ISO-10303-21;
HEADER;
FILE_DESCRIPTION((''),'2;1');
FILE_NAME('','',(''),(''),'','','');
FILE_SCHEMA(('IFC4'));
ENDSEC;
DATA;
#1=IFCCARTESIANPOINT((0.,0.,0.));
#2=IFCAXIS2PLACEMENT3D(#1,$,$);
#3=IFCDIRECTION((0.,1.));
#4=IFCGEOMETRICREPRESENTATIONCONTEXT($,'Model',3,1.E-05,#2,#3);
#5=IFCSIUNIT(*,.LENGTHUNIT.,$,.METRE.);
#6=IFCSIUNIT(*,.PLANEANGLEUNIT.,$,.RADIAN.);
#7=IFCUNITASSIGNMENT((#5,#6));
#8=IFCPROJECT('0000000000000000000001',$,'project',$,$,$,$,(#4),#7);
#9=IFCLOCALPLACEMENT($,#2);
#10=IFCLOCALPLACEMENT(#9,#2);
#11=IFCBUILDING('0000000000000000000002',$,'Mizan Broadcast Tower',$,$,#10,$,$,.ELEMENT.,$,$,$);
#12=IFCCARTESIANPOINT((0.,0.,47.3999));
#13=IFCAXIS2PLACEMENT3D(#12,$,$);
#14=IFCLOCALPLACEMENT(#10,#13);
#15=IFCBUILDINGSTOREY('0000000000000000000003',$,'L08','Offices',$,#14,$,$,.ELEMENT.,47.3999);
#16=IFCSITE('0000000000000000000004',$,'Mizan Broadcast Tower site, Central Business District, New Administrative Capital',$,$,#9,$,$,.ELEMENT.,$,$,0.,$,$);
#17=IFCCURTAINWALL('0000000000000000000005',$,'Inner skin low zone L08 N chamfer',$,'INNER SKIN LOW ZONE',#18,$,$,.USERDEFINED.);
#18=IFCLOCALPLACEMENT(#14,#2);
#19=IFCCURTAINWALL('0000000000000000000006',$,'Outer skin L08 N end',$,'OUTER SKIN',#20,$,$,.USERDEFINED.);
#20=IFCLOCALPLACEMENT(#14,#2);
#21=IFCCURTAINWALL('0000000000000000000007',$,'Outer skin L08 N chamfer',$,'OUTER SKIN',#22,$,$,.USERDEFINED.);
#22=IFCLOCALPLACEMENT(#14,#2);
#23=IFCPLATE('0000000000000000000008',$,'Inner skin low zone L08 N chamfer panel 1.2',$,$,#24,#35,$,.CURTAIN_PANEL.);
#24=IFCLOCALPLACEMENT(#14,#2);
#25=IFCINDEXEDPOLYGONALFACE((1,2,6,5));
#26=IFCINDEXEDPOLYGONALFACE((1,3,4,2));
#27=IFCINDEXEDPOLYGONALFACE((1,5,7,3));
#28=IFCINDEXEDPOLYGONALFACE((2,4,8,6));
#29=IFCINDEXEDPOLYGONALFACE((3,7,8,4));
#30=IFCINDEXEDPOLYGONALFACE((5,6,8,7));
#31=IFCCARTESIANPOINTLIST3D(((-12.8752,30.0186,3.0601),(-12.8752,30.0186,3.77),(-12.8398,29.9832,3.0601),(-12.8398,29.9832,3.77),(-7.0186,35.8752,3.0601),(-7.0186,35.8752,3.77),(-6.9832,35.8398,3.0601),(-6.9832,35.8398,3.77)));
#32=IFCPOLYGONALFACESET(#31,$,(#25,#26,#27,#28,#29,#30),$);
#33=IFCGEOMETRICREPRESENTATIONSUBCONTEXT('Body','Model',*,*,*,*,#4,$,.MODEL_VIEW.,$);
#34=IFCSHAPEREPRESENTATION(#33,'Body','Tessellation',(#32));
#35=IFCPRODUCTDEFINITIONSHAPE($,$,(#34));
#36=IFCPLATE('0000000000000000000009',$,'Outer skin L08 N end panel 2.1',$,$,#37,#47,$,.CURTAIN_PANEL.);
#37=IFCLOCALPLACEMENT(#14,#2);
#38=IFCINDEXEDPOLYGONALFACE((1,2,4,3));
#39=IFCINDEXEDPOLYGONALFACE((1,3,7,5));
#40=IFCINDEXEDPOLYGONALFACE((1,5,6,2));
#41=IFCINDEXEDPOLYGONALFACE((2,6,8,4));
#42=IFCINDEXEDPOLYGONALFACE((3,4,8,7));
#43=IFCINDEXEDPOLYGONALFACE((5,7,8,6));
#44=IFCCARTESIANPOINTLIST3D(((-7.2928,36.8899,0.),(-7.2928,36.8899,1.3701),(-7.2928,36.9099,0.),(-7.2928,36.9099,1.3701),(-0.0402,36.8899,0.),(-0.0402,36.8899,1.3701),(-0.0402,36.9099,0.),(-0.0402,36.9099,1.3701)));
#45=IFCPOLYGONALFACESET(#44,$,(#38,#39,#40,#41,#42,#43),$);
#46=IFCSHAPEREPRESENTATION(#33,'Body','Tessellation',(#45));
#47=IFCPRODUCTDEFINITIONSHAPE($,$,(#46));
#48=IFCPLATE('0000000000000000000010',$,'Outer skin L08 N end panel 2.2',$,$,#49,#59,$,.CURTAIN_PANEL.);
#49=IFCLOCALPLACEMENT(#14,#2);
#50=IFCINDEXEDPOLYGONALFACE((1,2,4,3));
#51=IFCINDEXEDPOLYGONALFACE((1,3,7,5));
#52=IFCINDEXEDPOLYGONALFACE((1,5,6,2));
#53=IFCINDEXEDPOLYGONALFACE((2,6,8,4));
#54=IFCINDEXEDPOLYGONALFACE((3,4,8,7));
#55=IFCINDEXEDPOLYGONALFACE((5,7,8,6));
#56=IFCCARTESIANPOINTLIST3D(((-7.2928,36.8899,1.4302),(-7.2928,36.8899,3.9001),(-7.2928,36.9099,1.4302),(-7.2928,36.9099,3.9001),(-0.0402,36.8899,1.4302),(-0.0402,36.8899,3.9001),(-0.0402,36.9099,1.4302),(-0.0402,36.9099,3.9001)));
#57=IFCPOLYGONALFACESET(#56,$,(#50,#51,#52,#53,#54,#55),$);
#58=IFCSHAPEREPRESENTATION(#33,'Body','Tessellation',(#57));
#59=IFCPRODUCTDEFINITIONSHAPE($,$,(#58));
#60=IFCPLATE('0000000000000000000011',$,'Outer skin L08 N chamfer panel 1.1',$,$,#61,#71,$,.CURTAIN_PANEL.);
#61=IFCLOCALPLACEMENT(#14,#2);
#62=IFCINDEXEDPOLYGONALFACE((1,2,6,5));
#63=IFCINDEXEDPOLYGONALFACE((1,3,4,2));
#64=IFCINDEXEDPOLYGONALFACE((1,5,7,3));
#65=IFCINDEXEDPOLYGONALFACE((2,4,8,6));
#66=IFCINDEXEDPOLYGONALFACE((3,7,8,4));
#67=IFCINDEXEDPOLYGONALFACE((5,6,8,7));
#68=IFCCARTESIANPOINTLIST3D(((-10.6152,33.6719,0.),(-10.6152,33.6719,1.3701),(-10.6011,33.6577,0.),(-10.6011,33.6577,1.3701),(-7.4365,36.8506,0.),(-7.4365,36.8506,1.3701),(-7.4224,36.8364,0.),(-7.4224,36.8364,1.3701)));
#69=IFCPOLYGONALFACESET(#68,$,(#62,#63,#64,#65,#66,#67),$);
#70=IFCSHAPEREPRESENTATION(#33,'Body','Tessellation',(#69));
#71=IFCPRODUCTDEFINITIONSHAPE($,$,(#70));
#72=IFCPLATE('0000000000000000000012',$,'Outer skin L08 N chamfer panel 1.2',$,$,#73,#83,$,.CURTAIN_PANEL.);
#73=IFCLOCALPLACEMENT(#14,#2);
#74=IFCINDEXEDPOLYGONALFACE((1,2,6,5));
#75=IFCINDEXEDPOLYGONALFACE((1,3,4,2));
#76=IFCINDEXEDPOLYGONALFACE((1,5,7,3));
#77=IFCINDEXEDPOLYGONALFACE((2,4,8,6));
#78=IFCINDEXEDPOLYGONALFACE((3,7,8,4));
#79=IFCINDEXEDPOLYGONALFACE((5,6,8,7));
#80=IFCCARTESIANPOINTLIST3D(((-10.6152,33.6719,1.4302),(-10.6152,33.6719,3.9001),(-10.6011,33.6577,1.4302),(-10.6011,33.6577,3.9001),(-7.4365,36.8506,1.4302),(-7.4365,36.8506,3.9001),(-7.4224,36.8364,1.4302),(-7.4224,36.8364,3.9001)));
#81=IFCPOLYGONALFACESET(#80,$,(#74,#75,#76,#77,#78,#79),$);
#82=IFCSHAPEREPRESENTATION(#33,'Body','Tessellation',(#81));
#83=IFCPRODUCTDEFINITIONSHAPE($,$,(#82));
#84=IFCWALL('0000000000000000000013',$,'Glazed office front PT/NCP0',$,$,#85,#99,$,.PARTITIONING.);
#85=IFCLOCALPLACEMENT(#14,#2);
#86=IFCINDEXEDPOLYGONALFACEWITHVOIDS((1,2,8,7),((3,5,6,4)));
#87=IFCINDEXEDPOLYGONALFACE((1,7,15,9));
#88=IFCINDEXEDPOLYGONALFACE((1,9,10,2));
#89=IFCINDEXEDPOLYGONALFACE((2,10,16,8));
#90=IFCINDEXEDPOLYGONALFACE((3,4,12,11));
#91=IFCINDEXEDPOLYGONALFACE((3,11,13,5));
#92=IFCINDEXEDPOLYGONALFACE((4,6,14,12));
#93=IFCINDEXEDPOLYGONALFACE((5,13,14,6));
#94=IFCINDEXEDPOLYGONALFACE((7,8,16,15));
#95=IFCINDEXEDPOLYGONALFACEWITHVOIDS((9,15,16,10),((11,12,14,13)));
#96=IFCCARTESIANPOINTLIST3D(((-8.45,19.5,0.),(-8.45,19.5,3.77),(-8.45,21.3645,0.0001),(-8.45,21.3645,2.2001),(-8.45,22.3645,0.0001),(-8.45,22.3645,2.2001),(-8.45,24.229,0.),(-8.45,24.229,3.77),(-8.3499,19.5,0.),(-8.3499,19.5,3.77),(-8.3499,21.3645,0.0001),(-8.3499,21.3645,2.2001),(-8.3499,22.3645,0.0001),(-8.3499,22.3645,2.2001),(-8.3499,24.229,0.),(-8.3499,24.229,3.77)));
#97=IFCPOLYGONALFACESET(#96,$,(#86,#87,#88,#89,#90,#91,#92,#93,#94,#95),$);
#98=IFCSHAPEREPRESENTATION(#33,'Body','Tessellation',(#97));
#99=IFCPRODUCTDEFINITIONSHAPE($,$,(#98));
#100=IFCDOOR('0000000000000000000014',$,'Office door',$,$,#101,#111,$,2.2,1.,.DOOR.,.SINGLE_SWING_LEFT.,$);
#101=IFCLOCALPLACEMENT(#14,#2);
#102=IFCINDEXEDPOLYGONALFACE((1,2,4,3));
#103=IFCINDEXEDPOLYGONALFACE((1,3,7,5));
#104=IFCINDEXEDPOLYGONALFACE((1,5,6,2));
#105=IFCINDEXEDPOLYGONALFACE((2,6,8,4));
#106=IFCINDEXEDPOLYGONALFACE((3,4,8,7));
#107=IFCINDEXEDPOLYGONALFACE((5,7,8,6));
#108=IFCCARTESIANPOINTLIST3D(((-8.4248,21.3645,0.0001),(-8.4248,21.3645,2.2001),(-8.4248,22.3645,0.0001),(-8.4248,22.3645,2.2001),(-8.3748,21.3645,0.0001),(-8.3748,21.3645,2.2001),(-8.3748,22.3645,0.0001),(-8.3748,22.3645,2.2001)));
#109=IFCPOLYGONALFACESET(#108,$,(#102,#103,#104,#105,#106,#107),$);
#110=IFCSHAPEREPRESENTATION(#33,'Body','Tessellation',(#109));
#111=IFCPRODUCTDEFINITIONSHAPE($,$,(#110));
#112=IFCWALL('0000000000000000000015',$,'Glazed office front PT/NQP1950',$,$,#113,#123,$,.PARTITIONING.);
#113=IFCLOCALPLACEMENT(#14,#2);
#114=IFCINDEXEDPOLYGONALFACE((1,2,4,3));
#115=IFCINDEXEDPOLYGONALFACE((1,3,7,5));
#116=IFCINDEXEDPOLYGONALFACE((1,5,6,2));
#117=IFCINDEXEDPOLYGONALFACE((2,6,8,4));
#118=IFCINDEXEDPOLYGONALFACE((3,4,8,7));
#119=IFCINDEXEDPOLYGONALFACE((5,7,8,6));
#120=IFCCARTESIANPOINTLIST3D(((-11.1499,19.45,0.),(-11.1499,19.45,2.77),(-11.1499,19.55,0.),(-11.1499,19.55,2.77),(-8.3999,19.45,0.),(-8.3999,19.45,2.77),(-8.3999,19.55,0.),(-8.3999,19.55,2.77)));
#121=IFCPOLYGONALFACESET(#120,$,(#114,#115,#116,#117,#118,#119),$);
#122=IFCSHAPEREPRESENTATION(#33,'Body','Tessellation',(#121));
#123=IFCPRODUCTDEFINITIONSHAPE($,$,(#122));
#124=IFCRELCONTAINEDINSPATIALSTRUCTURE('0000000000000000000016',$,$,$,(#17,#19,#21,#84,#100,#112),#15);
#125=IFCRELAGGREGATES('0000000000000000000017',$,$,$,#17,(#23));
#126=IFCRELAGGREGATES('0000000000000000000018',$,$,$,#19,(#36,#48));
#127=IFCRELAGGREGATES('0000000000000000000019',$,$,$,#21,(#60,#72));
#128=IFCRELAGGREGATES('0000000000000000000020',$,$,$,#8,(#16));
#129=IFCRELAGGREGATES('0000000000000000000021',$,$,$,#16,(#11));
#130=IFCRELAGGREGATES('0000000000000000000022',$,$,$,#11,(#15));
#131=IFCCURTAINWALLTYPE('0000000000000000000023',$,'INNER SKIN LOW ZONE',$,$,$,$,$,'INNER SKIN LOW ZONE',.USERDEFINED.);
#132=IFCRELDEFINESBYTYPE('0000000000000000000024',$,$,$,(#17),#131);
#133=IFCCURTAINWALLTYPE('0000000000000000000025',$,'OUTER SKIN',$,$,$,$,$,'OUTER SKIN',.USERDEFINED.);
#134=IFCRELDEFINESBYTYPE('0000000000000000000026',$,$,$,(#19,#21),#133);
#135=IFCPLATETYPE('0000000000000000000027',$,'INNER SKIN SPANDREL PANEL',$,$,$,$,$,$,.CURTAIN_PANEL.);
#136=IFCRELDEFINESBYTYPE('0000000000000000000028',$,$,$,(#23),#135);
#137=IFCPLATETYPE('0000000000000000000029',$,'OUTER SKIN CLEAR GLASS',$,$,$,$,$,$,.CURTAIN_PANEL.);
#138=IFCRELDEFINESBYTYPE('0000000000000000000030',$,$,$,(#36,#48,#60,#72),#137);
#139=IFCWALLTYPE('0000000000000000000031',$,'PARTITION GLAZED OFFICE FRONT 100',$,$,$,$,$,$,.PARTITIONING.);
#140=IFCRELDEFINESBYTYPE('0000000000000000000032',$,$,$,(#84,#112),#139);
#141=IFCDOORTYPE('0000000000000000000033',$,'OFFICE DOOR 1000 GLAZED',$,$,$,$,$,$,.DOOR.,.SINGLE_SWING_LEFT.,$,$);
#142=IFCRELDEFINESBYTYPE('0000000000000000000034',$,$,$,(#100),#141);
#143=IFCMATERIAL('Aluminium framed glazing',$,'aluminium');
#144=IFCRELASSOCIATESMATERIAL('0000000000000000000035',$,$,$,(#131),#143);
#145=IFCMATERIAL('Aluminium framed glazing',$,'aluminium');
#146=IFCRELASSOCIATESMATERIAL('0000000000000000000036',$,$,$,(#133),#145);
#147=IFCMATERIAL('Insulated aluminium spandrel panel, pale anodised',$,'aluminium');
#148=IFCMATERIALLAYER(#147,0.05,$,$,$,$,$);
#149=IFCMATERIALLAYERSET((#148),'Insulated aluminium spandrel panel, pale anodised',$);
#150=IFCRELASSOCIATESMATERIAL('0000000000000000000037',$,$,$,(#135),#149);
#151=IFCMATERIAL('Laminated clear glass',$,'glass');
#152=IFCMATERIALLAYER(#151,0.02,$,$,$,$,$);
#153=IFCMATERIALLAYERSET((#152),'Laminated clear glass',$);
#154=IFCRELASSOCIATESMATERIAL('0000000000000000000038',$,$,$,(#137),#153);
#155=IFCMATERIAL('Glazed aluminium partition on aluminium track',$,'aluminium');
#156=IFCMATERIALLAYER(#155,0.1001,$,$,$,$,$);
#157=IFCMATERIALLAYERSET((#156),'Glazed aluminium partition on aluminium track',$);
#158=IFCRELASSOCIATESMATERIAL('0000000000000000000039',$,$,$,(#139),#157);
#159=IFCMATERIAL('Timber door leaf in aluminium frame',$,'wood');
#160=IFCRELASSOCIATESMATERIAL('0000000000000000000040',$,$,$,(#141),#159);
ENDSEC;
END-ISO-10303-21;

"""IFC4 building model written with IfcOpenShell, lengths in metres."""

from ifc_helpers import new_model, si_unit, direction, frame, frame_2d, origin, origin_2d, place, context, subcontext, project, spatial, rectangle, extrude, material, layer, layer_set, type_object, element, fill, aggregate, save


model = new_model("IFC4")

# Units and contexts
model_context = context("Model", 3, precision=1e-05, world=origin(), true_north=direction((0.0, 1.0)))
body_context = subcontext(model_context, "Body", "Model", "MODEL_VIEW")
ifc_project = project(units=[si_unit("LENGTHUNIT", "METRE"), si_unit("PLANEANGLEUNIT", "RADIAN")], contexts=[model_context])

# Site, building, storey
site_placement = place(None, origin())
site = spatial("IfcSite", under=ifc_project, at=site_placement, Name="Mizan Broadcast Tower site, Central Business District, New Administrative Capital", CompositionType="ELEMENT", RefElevation=0.0)
building_placement = place(site_placement, origin())
building = spatial("IfcBuilding", under=site, at=building_placement, Name="Mizan Broadcast Tower", CompositionType="ELEMENT")
storey_placement = place(building_placement, frame((0.0, 0.0, 47.3999)))
storey = spatial("IfcBuildingStorey", under=building, at=storey_placement, Name="L08", Description="Offices", CompositionType="ELEMENT", Elevation=47.3999)

# Shared definitions
ifc_material_1 = material(Name="Aluminium framed glazing", Category="aluminium")
curtain_wall_type_1 = type_object("IfcCurtainWallType", Name="INNER SKIN LOW ZONE", ElementType="INNER SKIN LOW ZONE", PredefinedType="USERDEFINED", material=ifc_material_1)

# Curtain walls
curtain_wall_1_placement = place(storey_placement, origin())
curtain_wall_1 = element("IfcCurtainWall", 1, at=curtain_wall_1_placement, inside=storey, type_object=curtain_wall_type_1, Name="Inner skin low zone L08 N chamfer", ObjectType="INNER SKIN LOW ZONE", PredefinedType="USERDEFINED")
ifc_material_2 = material(Name="Aluminium framed glazing", Category="aluminium")
curtain_wall_type_2 = type_object("IfcCurtainWallType", Name="OUTER SKIN", ElementType="OUTER SKIN", PredefinedType="USERDEFINED", material=ifc_material_2)
curtain_wall_2_placement = place(storey_placement, origin())
curtain_wall_2 = element("IfcCurtainWall", 2, at=curtain_wall_2_placement, inside=storey, type_object=curtain_wall_type_2, Name="Outer skin L08 N end", ObjectType="OUTER SKIN", PredefinedType="USERDEFINED")
curtain_wall_3_placement = place(storey_placement, origin())
curtain_wall_3 = element("IfcCurtainWall", 3, at=curtain_wall_3_placement, inside=storey, type_object=curtain_wall_type_2, Name="Outer skin L08 N chamfer", ObjectType="OUTER SKIN", PredefinedType="USERDEFINED")

# Plates
ifc_material_3 = material(Name="Insulated aluminium spandrel panel, pale anodised", Category="aluminium")
ifc_layer_1 = layer(ifc_material_3, 0.05)
ifc_layer_set_1 = layer_set([ifc_layer_1], Name="Insulated aluminium spandrel panel, pale anodised")
plate_type_1 = type_object("IfcPlateType", Name="INNER SKIN SPANDREL PANEL", PredefinedType="CURTAIN_PANEL", material=ifc_layer_set_1)
plate_1_placement = place(storey_placement, frame((-9.9292, 32.9292, 3.0601), z_axis=(0.0, 0.0, 1.0), x_axis=(-0.707107, -0.707107, 0.0)))
plate_1 = element("IfcPlate", 4, at=plate_1_placement, type_object=plate_type_1, Name="Inner skin low zone L08 N chamfer panel 1.2", PredefinedType="CURTAIN_PANEL", context=body_context, shape_type="SweptSolid", body=[
    extrude(rectangle(XDim=8.2825, YDim=0.05, at=origin_2d()), origin(), (0.0, 0.0, 1.0), 0.71),
])
aggregate(curtain_wall_1, [plate_1])
ifc_material_4 = material(Name="Laminated clear glass", Category="glass")
ifc_layer_2 = layer(ifc_material_4, 0.02)
ifc_layer_set_2 = layer_set([ifc_layer_2], Name="Laminated clear glass")
plate_type_2 = type_object("IfcPlateType", Name="OUTER SKIN CLEAR GLASS", PredefinedType="CURTAIN_PANEL", material=ifc_layer_set_2)
plate_2_placement = place(storey_placement, frame((-3.6665, 36.8999, 0.0), z_axis=(0.0, 0.0, 1.0), x_axis=(-1.0, 0.0, 0.0)))
plate_2 = element("IfcPlate", 5, at=plate_2_placement, type_object=plate_type_2, Name="Outer skin L08 N end panel 2.1", PredefinedType="CURTAIN_PANEL", context=body_context, shape_type="SweptSolid", body=[
    extrude(rectangle(XDim=7.2527, YDim=0.02, at=origin_2d()), origin(), (0.0, 0.0, 1.0), 1.3701),
])
plate_3_placement = place(storey_placement, frame((-3.6665, 36.8999, 1.4302), z_axis=(0.0, 0.0, 1.0), x_axis=(-1.0, 0.0, 0.0)))
plate_3 = element("IfcPlate", 6, at=plate_3_placement, type_object=plate_type_2, Name="Outer skin L08 N end panel 2.2", PredefinedType="CURTAIN_PANEL", context=body_context, shape_type="SweptSolid", body=[
    extrude(rectangle(XDim=7.2527, YDim=0.02, at=origin_2d()), origin(), (0.0, 0.0, 1.0), 2.47),
])
aggregate(curtain_wall_2, [plate_2, plate_3])
plate_4_placement = place(storey_placement, frame((-9.0188, 35.2542, 0.0), z_axis=(0.0, 0.0, 1.0), x_axis=(-0.707107, -0.707107, 0.0)))
plate_4 = element("IfcPlate", 7, at=plate_4_placement, type_object=plate_type_2, Name="Outer skin L08 N chamfer panel 1.1", PredefinedType="CURTAIN_PANEL", context=body_context, shape_type="SweptSolid", body=[
    extrude(rectangle(XDim=4.4954, YDim=0.02, at=origin_2d()), origin(), (0.0, 0.0, 1.0), 1.3701),
])
plate_5_placement = place(storey_placement, frame((-9.0188, 35.2542, 1.4302), z_axis=(0.0, 0.0, 1.0), x_axis=(-0.707107, -0.707107, 0.0)))
plate_5 = element("IfcPlate", 8, at=plate_5_placement, type_object=plate_type_2, Name="Outer skin L08 N chamfer panel 1.2", PredefinedType="CURTAIN_PANEL", context=body_context, shape_type="SweptSolid", body=[
    extrude(rectangle(XDim=4.4954, YDim=0.02, at=origin_2d()), origin(), (0.0, 0.0, 1.0), 2.47),
])
aggregate(curtain_wall_3, [plate_4, plate_5])

# Wall, opening, door
ifc_material_5 = material(Name="Glazed aluminium partition on aluminium track", Category="aluminium")
ifc_layer_3 = layer(ifc_material_5, 0.1001)
ifc_layer_set_3 = layer_set([ifc_layer_3], Name="Glazed aluminium partition on aluminium track")
wall_type = type_object("IfcWallType", Name="PARTITION GLAZED OFFICE FRONT 100", PredefinedType="PARTITIONING", material=ifc_layer_set_3)
wall_1_placement = place(storey_placement, frame((-8.3999, 19.5, 0.0), z_axis=(0.0, 0.0, 1.0), x_axis=(0.0, 1.0, 0.0)))
wall_1 = element("IfcWall", 9, at=wall_1_placement, inside=storey, type_object=wall_type, Name="Glazed office front PT/NCP0", PredefinedType="PARTITIONING", context=body_context, shape_type="SweptSolid", body=[
    extrude(rectangle(XDim=4.729, YDim=0.1001, at=frame_2d((2.3645, 0.0))), origin(), (0.0, 0.0, 1.0), 3.77),
])
opening_placement = place(wall_1_placement, frame((1.8645, 0.0, 0.0)))
opening = element("IfcOpeningElement", 10, at=opening_placement, cuts=wall_1, PredefinedType="OPENING", context=body_context, shape_type="SweptSolid", body=[
    extrude(rectangle(XDim=1.0, YDim=2.2, at=frame_2d((0.5, 1.1001))), frame((0.0, 0.0601, 0.0), z_axis=(0.0, -1.0, 0.0), x_axis=(1.0, 0.0, 0.0)), (0.0, 0.0, 1.0), 0.1201),
])
ifc_material_6 = material(Name="Timber door leaf in aluminium frame", Category="wood")
door_type = type_object("IfcDoorType", Name="OFFICE DOOR 1000 GLAZED", OperationType="SINGLE_SWING_LEFT", PredefinedType="DOOR", material=ifc_material_6)
door_placement = place(opening_placement, origin())
door = element("IfcDoor", 11, at=door_placement, inside=storey, type_object=door_type, Name="Office door", OperationType="SINGLE_SWING_LEFT", OverallHeight=2.2, OverallWidth=1.0, PredefinedType="DOOR", context=body_context, shape_type="SweptSolid", body=[
    extrude(rectangle(XDim=1.0, YDim=2.2, at=frame_2d((0.5, 1.1001))), frame((0.0, 0.0249, 0.0), z_axis=(0.0, -1.0, 0.0), x_axis=(1.0, 0.0, 0.0)), (0.0, 0.0, 1.0), 0.05),
])
fill(opening, door)

# Wall
wall_2_placement = place(storey_placement, frame((-8.3999, 19.5, 0.0), z_axis=(0.0, 0.0, 1.0), x_axis=(-1.0, 0.0, 0.0)))
element("IfcWall", 12, at=wall_2_placement, inside=storey, type_object=wall_type, Name="Glazed office front PT/NQP1950", PredefinedType="PARTITIONING", context=body_context, shape_type="SweptSolid", body=[
    extrude(rectangle(XDim=2.75, YDim=0.1001, at=frame_2d((1.375, 0.0))), origin(), (0.0, 0.0, 1.0), 2.77),
])

save(model, "model.ifc")
